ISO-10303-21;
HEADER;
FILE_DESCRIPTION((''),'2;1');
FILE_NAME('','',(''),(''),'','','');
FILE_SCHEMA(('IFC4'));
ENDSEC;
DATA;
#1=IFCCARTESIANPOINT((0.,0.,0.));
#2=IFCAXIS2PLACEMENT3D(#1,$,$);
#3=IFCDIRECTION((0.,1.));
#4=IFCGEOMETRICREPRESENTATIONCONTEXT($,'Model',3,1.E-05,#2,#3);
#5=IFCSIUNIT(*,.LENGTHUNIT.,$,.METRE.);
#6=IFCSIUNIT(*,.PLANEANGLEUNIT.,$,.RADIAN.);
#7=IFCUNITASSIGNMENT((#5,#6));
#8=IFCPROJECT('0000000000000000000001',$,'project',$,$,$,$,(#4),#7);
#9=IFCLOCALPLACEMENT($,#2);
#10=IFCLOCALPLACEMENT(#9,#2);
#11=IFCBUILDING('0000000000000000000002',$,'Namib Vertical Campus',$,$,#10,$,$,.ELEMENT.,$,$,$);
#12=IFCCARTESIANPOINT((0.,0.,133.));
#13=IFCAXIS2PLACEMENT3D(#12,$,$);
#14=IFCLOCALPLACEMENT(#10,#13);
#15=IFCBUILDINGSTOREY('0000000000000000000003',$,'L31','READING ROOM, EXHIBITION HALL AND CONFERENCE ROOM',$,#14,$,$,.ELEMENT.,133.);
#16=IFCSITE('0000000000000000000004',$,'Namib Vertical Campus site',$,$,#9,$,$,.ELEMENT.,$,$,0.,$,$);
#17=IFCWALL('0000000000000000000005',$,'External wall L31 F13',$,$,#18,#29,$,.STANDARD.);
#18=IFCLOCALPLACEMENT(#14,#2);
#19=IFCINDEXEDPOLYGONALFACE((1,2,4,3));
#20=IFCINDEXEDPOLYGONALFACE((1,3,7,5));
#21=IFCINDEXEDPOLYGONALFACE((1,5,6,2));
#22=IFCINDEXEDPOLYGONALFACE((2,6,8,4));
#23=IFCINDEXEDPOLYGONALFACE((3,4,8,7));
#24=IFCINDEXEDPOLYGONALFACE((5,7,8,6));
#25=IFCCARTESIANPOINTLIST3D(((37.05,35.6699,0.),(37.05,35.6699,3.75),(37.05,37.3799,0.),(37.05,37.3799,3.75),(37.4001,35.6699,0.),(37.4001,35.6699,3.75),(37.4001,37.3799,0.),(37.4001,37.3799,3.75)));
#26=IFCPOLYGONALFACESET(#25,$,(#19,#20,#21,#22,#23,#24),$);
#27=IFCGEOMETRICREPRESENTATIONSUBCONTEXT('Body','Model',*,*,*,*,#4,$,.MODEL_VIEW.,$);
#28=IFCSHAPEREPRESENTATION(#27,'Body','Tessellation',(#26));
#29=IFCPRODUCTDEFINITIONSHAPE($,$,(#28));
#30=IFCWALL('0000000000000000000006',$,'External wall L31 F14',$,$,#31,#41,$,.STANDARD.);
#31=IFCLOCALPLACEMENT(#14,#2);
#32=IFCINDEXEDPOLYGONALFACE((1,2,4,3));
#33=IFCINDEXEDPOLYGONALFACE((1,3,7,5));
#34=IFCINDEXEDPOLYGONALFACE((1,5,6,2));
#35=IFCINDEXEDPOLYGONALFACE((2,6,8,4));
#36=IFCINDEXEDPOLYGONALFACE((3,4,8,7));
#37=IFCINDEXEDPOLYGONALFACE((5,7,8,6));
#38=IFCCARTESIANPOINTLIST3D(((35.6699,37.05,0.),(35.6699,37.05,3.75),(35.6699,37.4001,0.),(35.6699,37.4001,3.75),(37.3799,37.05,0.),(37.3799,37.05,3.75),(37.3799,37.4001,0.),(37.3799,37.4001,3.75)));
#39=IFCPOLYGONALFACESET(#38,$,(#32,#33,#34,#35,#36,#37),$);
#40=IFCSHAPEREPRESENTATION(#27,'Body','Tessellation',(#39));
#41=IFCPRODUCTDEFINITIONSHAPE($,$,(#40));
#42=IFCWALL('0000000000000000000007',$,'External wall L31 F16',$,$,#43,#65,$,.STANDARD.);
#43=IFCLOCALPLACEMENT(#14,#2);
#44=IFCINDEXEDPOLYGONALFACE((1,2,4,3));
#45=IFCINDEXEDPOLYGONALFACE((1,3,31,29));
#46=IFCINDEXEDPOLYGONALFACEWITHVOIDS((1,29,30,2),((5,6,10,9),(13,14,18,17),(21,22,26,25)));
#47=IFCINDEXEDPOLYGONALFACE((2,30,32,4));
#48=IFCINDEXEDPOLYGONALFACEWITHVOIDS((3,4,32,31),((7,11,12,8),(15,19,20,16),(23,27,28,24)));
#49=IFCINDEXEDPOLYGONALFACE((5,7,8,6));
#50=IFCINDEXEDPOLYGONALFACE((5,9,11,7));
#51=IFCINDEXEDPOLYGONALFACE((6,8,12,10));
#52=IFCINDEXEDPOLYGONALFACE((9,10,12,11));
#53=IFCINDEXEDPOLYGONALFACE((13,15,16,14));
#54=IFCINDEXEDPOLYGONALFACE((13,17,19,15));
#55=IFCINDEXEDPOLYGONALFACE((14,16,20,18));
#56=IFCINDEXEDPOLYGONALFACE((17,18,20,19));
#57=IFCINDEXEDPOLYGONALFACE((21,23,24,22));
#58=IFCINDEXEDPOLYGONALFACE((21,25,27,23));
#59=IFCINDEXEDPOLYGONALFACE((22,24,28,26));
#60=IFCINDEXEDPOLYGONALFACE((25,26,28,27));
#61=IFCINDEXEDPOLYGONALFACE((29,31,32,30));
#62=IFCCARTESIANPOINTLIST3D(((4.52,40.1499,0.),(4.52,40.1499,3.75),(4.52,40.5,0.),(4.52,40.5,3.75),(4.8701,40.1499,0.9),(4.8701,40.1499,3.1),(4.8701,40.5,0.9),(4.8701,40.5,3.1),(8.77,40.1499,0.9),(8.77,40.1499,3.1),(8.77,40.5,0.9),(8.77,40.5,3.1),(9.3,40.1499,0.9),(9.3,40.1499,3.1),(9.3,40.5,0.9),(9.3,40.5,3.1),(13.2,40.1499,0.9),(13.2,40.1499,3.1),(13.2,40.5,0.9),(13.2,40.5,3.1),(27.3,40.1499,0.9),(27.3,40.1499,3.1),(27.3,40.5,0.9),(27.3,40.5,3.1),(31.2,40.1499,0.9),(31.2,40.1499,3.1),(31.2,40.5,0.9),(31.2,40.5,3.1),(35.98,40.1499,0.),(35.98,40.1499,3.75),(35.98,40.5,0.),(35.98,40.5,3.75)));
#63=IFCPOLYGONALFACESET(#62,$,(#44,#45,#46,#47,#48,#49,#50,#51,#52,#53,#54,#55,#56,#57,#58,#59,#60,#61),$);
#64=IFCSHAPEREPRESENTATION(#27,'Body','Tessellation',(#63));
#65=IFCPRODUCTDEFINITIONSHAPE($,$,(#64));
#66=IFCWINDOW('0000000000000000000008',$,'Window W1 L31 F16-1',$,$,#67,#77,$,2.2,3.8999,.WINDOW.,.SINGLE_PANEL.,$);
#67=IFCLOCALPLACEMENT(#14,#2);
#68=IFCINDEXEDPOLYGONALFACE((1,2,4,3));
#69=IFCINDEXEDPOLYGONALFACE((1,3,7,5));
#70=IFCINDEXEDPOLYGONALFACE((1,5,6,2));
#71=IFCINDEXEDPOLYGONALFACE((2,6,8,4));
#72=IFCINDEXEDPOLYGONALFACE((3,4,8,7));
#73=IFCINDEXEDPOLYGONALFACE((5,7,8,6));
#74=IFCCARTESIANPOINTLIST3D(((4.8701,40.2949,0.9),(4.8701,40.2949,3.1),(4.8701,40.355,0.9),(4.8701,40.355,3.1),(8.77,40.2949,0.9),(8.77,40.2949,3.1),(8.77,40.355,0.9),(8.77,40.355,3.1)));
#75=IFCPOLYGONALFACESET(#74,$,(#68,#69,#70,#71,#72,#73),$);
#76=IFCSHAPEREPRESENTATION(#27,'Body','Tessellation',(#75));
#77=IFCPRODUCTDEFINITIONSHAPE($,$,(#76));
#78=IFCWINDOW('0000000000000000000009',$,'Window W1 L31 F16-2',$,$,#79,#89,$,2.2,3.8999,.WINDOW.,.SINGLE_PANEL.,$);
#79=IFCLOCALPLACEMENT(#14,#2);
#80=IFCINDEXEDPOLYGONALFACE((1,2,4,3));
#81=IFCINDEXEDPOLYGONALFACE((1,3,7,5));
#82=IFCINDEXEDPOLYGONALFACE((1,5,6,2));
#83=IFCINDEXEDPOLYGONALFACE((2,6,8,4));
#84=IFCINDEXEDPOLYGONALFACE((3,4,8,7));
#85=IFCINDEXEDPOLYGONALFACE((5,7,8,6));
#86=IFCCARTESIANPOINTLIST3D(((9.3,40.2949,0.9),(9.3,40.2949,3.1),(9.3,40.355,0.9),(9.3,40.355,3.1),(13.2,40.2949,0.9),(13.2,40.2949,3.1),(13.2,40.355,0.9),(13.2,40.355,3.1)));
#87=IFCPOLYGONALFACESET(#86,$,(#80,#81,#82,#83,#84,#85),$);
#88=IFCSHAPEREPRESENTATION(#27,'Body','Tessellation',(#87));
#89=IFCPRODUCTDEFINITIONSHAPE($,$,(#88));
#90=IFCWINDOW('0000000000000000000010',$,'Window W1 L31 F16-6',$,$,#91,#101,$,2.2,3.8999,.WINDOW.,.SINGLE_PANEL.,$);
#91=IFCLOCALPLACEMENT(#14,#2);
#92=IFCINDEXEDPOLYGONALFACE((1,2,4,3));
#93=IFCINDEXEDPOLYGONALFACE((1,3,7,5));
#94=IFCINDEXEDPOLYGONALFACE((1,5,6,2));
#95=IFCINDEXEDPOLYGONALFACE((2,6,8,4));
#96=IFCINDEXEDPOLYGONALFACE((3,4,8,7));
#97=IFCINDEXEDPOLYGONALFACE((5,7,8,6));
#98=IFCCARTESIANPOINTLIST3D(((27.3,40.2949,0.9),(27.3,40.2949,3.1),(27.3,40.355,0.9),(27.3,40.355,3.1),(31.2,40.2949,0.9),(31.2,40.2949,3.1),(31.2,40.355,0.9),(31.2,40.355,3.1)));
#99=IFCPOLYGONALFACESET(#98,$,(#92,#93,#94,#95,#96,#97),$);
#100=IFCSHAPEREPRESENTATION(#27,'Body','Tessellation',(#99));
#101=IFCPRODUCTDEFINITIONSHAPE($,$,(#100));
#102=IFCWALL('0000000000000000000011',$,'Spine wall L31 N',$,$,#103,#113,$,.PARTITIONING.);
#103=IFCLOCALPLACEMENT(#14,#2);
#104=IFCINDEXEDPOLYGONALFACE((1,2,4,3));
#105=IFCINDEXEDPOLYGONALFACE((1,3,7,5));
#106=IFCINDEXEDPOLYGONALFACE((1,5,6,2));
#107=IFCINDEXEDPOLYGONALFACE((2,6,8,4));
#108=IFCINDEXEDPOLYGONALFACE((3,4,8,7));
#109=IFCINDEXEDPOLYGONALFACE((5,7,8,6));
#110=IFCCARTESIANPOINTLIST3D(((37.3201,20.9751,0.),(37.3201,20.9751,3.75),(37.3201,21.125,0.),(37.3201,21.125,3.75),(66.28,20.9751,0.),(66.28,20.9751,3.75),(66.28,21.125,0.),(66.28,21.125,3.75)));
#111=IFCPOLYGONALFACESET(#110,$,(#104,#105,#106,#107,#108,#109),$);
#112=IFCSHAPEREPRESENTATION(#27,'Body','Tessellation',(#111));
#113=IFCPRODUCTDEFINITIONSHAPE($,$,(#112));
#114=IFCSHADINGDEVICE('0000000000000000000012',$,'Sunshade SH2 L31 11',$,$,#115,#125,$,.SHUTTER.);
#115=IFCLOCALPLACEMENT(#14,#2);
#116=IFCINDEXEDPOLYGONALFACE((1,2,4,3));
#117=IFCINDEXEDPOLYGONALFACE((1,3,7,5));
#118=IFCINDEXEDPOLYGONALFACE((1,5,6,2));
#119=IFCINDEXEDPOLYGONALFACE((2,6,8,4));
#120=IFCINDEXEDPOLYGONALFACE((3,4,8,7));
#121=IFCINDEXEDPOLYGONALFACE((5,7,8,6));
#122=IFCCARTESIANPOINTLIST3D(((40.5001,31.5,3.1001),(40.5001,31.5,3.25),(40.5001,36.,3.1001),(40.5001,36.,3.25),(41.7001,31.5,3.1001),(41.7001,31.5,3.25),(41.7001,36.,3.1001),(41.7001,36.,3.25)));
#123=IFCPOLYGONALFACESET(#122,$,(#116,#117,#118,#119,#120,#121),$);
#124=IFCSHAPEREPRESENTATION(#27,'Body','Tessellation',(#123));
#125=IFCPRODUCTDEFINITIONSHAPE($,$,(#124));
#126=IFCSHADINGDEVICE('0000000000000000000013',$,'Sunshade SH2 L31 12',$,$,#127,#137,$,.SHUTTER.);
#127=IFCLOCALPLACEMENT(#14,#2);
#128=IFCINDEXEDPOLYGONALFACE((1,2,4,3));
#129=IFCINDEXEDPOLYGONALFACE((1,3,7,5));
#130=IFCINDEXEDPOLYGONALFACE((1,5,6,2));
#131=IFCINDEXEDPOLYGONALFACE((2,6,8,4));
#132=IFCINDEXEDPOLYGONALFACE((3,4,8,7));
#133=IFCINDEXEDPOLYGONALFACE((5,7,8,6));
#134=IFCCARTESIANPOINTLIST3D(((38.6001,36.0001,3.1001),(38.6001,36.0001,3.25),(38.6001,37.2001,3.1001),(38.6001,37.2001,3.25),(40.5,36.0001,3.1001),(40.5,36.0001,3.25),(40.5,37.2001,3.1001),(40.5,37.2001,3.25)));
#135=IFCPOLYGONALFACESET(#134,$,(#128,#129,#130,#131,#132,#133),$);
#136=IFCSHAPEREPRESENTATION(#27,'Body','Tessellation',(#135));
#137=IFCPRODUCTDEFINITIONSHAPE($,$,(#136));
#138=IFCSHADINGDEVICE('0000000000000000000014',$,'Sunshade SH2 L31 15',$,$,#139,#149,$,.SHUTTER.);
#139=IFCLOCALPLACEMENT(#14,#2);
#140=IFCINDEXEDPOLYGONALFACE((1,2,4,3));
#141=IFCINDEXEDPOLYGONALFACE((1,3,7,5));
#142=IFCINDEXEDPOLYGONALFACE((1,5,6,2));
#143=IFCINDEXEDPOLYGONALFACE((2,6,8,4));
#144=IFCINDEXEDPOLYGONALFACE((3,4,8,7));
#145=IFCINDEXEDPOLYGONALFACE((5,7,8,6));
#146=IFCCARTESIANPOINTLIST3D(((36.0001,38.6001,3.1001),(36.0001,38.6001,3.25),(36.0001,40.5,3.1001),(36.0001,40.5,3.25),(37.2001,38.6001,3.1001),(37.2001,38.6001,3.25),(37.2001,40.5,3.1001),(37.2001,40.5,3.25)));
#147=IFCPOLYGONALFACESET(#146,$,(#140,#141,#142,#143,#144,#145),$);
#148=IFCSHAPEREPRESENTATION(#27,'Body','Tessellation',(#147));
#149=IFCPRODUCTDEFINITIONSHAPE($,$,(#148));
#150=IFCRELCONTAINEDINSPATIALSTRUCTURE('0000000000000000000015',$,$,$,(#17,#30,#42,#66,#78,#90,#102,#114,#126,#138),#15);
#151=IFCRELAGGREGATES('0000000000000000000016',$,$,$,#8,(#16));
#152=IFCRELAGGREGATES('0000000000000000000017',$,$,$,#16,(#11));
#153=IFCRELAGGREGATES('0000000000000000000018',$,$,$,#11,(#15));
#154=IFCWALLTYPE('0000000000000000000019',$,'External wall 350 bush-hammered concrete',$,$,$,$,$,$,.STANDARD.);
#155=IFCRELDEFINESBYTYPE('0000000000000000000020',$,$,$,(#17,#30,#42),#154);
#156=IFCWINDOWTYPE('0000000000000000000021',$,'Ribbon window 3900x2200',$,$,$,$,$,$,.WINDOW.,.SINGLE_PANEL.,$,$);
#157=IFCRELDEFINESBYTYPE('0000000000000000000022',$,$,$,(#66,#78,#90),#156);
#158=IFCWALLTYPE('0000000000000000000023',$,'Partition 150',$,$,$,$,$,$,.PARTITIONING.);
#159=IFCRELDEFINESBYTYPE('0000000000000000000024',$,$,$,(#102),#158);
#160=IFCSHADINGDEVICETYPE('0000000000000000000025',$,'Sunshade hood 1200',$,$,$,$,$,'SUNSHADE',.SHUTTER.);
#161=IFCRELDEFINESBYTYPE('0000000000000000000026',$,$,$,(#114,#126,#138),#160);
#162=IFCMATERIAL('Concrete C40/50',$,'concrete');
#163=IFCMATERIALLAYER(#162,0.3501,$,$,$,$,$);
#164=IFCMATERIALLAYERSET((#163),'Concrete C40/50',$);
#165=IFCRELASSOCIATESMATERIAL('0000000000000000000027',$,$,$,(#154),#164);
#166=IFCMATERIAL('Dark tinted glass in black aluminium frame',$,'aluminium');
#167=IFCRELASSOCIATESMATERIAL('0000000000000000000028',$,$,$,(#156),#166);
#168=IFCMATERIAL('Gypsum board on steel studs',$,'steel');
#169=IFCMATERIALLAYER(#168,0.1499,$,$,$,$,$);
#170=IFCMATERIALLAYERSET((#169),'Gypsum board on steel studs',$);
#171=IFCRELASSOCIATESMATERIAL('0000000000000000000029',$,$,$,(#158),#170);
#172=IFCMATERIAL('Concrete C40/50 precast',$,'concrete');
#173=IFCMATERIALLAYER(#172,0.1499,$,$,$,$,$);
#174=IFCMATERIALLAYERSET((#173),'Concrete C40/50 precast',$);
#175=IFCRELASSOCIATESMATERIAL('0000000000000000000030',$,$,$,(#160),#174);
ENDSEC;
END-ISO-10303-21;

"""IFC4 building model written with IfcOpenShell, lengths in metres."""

from ifc_helpers import new_model, si_unit, direction, frame, frame_2d, origin, origin_2d, place, context, subcontext, project, spatial, rectangle, extrude, material, layer, layer_set, type_object, element, fill, save


model = new_model("IFC4")

# Units and contexts
model_context = context("Model", 3, precision=1e-05, world=origin(), true_north=direction((0.0, 1.0)))
body_context = subcontext(model_context, "Body", "Model", "MODEL_VIEW")
ifc_project = project(units=[si_unit("LENGTHUNIT", "METRE"), si_unit("PLANEANGLEUNIT", "RADIAN")], contexts=[model_context])

# Site, building, storey
site_placement = place(None, origin())
site = spatial("IfcSite", under=ifc_project, at=site_placement, Name="Namib Vertical Campus site", CompositionType="ELEMENT", RefElevation=0.0)
building_placement = place(site_placement, origin())
building = spatial("IfcBuilding", under=site, at=building_placement, Name="Namib Vertical Campus", CompositionType="ELEMENT")
storey_placement = place(building_placement, frame((0.0, 0.0, 133.0)))
storey = spatial("IfcBuildingStorey", under=building, at=storey_placement, Name="L31", Description="READING ROOM, EXHIBITION HALL AND CONFERENCE ROOM", CompositionType="ELEMENT", Elevation=133.0)

# Walls
ifc_material_1 = material(Name="Concrete C40/50", Category="concrete")
ifc_layer_1 = layer(ifc_material_1, 0.3501)
ifc_layer_set_1 = layer_set([ifc_layer_1], Name="Concrete C40/50")
wall_type_1 = type_object("IfcWallType", Name="External wall 350 bush-hammered concrete", PredefinedType="STANDARD", material=ifc_layer_set_1)
for number, where, z_axis, x_axis, name in (
    (1, (37.2251, 35.6699, 0.0), (0.0, 0.0, 1.0), (0.0, 1.0, 0.0), "External wall L31 F13"),
    (2, (37.3799, 37.2251, 0.0), (0.0, 0.0, 1.0), (-1.0, 0.0, 0.0), "External wall L31 F14"),
):
    element("IfcWall", number, at=place(storey_placement, frame(where, z_axis=z_axis, x_axis=x_axis)), inside=storey, type_object=wall_type_1, Name=name, PredefinedType="STANDARD", context=body_context, shape_type="SweptSolid", body=[
        extrude(rectangle(XDim=1.71, YDim=0.3501, at=frame_2d((0.855, 0.0))), origin(), (0.0, 0.0, 1.0), 3.75),
    ])

# Wall, openings, windows
wall_1_placement = place(storey_placement, frame((35.98, 40.325, 0.0), z_axis=(0.0, 0.0, 1.0), x_axis=(-1.0, 0.0, 0.0)))
wall_1 = element("IfcWall", 3, at=wall_1_placement, inside=storey, type_object=wall_type_1, Name="External wall L31 F16", PredefinedType="STANDARD", context=body_context, shape_type="SweptSolid", body=[
    extrude(rectangle(XDim=31.46, YDim=0.3501, at=frame_2d((15.73, 0.0))), origin(), (0.0, 0.0, 1.0), 3.75),
])
opening_1_placement = place(wall_1_placement, frame((27.21, 0.0, 0.8999)))
opening_1 = element("IfcOpeningElement", 4, at=opening_1_placement, cuts=wall_1, PredefinedType="OPENING", context=body_context, shape_type="SweptSolid", body=[
    extrude(rectangle(XDim=3.8999, YDim=2.2, at=frame_2d((1.95, 1.1001))), frame((0.0, 0.1851, 0.0), z_axis=(0.0, -1.0, 0.0), x_axis=(1.0, 0.0, 0.0)), (0.0, 0.0, 1.0), 0.3701),
])
opening_2_placement = place(wall_1_placement, frame((22.78, 0.0, 0.8999)))
opening_2 = element("IfcOpeningElement", 5, at=opening_2_placement, cuts=wall_1, PredefinedType="OPENING", context=body_context, shape_type="SweptSolid", body=[
    extrude(rectangle(XDim=3.8999, YDim=2.2, at=frame_2d((1.95, 1.1001))), frame((0.0, 0.1851, 0.0), z_axis=(0.0, -1.0, 0.0), x_axis=(1.0, 0.0, 0.0)), (0.0, 0.0, 1.0), 0.3701),
])
opening_3_placement = place(wall_1_placement, frame((4.78, 0.0, 0.8999)))
opening_3 = element("IfcOpeningElement", 6, at=opening_3_placement, cuts=wall_1, PredefinedType="OPENING", context=body_context, shape_type="SweptSolid", body=[
    extrude(rectangle(XDim=3.8999, YDim=2.2, at=frame_2d((1.95, 1.1001))), frame((0.0, 0.1851, 0.0), z_axis=(0.0, -1.0, 0.0), x_axis=(1.0, 0.0, 0.0)), (0.0, 0.0, 1.0), 0.3701),
])
ifc_material_2 = material(Name="Dark tinted glass in black aluminium frame", Category="aluminium")
window_type = type_object("IfcWindowType", Name="Ribbon window 3900x2200", PartitioningType="SINGLE_PANEL", PredefinedType="WINDOW", material=ifc_material_2)
window_1_placement = place(opening_1_placement, origin())
window_1 = element("IfcWindow", 7, at=window_1_placement, inside=storey, type_object=window_type, Name="Window W1 L31 F16-1", OverallHeight=2.2, OverallWidth=3.8999, PartitioningType="SINGLE_PANEL", PredefinedType="WINDOW", context=body_context, shape_type="SweptSolid", body=[
    extrude(rectangle(XDim=3.8999, YDim=2.2, at=frame_2d((1.95, 1.1001))), frame((0.0, 0.03, 0.0), z_axis=(0.0, -1.0, 0.0), x_axis=(1.0, 0.0, 0.0)), (0.0, 0.0, 1.0), 0.0601),
])
fill(opening_1, window_1)
window_2_placement = place(opening_2_placement, origin())
window_2 = element("IfcWindow", 8, at=window_2_placement, inside=storey, type_object=window_type, Name="Window W1 L31 F16-2", OverallHeight=2.2, OverallWidth=3.8999, PartitioningType="SINGLE_PANEL", PredefinedType="WINDOW", context=body_context, shape_type="SweptSolid", body=[
    extrude(rectangle(XDim=3.8999, YDim=2.2, at=frame_2d((1.95, 1.1001))), frame((0.0, 0.03, 0.0), z_axis=(0.0, -1.0, 0.0), x_axis=(1.0, 0.0, 0.0)), (0.0, 0.0, 1.0), 0.0601),
])
fill(opening_2, window_2)
window_3_placement = place(opening_3_placement, origin())
window_3 = element("IfcWindow", 9, at=window_3_placement, inside=storey, type_object=window_type, Name="Window W1 L31 F16-6", OverallHeight=2.2, OverallWidth=3.8999, PartitioningType="SINGLE_PANEL", PredefinedType="WINDOW", context=body_context, shape_type="SweptSolid", body=[
    extrude(rectangle(XDim=3.8999, YDim=2.2, at=frame_2d((1.95, 1.1001))), frame((0.0, 0.03, 0.0), z_axis=(0.0, -1.0, 0.0), x_axis=(1.0, 0.0, 0.0)), (0.0, 0.0, 1.0), 0.0601),
])
fill(opening_3, window_3)

# Wall
ifc_material_3 = material(Name="Gypsum board on steel studs", Category="steel")
ifc_layer_2 = layer(ifc_material_3, 0.1499)
ifc_layer_set_2 = layer_set([ifc_layer_2], Name="Gypsum board on steel studs")
wall_type_2 = type_object("IfcWallType", Name="Partition 150", PredefinedType="PARTITIONING", material=ifc_layer_set_2)
wall_2_placement = place(storey_placement, frame((37.3201, 21.05, 0.0), z_axis=(0.0, 0.0, 1.0), x_axis=(1.0, 0.0, 0.0)))
element("IfcWall", 10, at=wall_2_placement, inside=storey, type_object=wall_type_2, Name="Spine wall L31 N", PredefinedType="PARTITIONING", context=body_context, shape_type="SweptSolid", body=[
    extrude(rectangle(XDim=28.96, YDim=0.1499, at=frame_2d((14.48, 0.0))), origin(), (0.0, 0.0, 1.0), 3.75),
])

# Shading devices
ifc_material_4 = material(Name="Concrete C40/50 precast", Category="concrete")
ifc_layer_3 = layer(ifc_material_4, 0.1499)
ifc_layer_set_3 = layer_set([ifc_layer_3], Name="Concrete C40/50 precast")
shading_device_type = type_object("IfcShadingDeviceType", Name="Sunshade hood 1200", ElementType="SUNSHADE", PredefinedType="SHUTTER", material=ifc_layer_set_3)
shading_device_placement = place(storey_placement, frame((41.1001, 33.75, 3.1001), z_axis=(0.0, 0.0, 1.0), x_axis=(0.0, 1.0, 0.0)))
element("IfcShadingDevice", 11, at=shading_device_placement, inside=storey, type_object=shading_device_type, Name="Sunshade SH2 L31 11", PredefinedType="SHUTTER", context=body_context, shape_type="SweptSolid", body=[
    extrude(rectangle(XDim=4.5, YDim=1.2, at=origin_2d()), origin(), (0.0, 0.0, 1.0), 0.1499),
])
for number, where, z_axis, x_axis, name in (
    (12, (39.55, 36.6001, 3.1001), (0.0, 0.0, 1.0), (-1.0, 0.0, 0.0), "Sunshade SH2 L31 12"),
    (13, (36.6001, 39.55, 3.1001), (0.0, 0.0, 1.0), (0.0, 1.0, 0.0), "Sunshade SH2 L31 15"),
):
    element("IfcShadingDevice", number, at=place(storey_placement, frame(where, z_axis=z_axis, x_axis=x_axis)), inside=storey, type_object=shading_device_type, Name=name, PredefinedType="SHUTTER", context=body_context, shape_type="SweptSolid", body=[
        extrude(rectangle(XDim=1.8999, YDim=1.2, at=origin_2d()), origin(), (0.0, 0.0, 1.0), 0.1499),
    ])

save(model, "model.ifc")
